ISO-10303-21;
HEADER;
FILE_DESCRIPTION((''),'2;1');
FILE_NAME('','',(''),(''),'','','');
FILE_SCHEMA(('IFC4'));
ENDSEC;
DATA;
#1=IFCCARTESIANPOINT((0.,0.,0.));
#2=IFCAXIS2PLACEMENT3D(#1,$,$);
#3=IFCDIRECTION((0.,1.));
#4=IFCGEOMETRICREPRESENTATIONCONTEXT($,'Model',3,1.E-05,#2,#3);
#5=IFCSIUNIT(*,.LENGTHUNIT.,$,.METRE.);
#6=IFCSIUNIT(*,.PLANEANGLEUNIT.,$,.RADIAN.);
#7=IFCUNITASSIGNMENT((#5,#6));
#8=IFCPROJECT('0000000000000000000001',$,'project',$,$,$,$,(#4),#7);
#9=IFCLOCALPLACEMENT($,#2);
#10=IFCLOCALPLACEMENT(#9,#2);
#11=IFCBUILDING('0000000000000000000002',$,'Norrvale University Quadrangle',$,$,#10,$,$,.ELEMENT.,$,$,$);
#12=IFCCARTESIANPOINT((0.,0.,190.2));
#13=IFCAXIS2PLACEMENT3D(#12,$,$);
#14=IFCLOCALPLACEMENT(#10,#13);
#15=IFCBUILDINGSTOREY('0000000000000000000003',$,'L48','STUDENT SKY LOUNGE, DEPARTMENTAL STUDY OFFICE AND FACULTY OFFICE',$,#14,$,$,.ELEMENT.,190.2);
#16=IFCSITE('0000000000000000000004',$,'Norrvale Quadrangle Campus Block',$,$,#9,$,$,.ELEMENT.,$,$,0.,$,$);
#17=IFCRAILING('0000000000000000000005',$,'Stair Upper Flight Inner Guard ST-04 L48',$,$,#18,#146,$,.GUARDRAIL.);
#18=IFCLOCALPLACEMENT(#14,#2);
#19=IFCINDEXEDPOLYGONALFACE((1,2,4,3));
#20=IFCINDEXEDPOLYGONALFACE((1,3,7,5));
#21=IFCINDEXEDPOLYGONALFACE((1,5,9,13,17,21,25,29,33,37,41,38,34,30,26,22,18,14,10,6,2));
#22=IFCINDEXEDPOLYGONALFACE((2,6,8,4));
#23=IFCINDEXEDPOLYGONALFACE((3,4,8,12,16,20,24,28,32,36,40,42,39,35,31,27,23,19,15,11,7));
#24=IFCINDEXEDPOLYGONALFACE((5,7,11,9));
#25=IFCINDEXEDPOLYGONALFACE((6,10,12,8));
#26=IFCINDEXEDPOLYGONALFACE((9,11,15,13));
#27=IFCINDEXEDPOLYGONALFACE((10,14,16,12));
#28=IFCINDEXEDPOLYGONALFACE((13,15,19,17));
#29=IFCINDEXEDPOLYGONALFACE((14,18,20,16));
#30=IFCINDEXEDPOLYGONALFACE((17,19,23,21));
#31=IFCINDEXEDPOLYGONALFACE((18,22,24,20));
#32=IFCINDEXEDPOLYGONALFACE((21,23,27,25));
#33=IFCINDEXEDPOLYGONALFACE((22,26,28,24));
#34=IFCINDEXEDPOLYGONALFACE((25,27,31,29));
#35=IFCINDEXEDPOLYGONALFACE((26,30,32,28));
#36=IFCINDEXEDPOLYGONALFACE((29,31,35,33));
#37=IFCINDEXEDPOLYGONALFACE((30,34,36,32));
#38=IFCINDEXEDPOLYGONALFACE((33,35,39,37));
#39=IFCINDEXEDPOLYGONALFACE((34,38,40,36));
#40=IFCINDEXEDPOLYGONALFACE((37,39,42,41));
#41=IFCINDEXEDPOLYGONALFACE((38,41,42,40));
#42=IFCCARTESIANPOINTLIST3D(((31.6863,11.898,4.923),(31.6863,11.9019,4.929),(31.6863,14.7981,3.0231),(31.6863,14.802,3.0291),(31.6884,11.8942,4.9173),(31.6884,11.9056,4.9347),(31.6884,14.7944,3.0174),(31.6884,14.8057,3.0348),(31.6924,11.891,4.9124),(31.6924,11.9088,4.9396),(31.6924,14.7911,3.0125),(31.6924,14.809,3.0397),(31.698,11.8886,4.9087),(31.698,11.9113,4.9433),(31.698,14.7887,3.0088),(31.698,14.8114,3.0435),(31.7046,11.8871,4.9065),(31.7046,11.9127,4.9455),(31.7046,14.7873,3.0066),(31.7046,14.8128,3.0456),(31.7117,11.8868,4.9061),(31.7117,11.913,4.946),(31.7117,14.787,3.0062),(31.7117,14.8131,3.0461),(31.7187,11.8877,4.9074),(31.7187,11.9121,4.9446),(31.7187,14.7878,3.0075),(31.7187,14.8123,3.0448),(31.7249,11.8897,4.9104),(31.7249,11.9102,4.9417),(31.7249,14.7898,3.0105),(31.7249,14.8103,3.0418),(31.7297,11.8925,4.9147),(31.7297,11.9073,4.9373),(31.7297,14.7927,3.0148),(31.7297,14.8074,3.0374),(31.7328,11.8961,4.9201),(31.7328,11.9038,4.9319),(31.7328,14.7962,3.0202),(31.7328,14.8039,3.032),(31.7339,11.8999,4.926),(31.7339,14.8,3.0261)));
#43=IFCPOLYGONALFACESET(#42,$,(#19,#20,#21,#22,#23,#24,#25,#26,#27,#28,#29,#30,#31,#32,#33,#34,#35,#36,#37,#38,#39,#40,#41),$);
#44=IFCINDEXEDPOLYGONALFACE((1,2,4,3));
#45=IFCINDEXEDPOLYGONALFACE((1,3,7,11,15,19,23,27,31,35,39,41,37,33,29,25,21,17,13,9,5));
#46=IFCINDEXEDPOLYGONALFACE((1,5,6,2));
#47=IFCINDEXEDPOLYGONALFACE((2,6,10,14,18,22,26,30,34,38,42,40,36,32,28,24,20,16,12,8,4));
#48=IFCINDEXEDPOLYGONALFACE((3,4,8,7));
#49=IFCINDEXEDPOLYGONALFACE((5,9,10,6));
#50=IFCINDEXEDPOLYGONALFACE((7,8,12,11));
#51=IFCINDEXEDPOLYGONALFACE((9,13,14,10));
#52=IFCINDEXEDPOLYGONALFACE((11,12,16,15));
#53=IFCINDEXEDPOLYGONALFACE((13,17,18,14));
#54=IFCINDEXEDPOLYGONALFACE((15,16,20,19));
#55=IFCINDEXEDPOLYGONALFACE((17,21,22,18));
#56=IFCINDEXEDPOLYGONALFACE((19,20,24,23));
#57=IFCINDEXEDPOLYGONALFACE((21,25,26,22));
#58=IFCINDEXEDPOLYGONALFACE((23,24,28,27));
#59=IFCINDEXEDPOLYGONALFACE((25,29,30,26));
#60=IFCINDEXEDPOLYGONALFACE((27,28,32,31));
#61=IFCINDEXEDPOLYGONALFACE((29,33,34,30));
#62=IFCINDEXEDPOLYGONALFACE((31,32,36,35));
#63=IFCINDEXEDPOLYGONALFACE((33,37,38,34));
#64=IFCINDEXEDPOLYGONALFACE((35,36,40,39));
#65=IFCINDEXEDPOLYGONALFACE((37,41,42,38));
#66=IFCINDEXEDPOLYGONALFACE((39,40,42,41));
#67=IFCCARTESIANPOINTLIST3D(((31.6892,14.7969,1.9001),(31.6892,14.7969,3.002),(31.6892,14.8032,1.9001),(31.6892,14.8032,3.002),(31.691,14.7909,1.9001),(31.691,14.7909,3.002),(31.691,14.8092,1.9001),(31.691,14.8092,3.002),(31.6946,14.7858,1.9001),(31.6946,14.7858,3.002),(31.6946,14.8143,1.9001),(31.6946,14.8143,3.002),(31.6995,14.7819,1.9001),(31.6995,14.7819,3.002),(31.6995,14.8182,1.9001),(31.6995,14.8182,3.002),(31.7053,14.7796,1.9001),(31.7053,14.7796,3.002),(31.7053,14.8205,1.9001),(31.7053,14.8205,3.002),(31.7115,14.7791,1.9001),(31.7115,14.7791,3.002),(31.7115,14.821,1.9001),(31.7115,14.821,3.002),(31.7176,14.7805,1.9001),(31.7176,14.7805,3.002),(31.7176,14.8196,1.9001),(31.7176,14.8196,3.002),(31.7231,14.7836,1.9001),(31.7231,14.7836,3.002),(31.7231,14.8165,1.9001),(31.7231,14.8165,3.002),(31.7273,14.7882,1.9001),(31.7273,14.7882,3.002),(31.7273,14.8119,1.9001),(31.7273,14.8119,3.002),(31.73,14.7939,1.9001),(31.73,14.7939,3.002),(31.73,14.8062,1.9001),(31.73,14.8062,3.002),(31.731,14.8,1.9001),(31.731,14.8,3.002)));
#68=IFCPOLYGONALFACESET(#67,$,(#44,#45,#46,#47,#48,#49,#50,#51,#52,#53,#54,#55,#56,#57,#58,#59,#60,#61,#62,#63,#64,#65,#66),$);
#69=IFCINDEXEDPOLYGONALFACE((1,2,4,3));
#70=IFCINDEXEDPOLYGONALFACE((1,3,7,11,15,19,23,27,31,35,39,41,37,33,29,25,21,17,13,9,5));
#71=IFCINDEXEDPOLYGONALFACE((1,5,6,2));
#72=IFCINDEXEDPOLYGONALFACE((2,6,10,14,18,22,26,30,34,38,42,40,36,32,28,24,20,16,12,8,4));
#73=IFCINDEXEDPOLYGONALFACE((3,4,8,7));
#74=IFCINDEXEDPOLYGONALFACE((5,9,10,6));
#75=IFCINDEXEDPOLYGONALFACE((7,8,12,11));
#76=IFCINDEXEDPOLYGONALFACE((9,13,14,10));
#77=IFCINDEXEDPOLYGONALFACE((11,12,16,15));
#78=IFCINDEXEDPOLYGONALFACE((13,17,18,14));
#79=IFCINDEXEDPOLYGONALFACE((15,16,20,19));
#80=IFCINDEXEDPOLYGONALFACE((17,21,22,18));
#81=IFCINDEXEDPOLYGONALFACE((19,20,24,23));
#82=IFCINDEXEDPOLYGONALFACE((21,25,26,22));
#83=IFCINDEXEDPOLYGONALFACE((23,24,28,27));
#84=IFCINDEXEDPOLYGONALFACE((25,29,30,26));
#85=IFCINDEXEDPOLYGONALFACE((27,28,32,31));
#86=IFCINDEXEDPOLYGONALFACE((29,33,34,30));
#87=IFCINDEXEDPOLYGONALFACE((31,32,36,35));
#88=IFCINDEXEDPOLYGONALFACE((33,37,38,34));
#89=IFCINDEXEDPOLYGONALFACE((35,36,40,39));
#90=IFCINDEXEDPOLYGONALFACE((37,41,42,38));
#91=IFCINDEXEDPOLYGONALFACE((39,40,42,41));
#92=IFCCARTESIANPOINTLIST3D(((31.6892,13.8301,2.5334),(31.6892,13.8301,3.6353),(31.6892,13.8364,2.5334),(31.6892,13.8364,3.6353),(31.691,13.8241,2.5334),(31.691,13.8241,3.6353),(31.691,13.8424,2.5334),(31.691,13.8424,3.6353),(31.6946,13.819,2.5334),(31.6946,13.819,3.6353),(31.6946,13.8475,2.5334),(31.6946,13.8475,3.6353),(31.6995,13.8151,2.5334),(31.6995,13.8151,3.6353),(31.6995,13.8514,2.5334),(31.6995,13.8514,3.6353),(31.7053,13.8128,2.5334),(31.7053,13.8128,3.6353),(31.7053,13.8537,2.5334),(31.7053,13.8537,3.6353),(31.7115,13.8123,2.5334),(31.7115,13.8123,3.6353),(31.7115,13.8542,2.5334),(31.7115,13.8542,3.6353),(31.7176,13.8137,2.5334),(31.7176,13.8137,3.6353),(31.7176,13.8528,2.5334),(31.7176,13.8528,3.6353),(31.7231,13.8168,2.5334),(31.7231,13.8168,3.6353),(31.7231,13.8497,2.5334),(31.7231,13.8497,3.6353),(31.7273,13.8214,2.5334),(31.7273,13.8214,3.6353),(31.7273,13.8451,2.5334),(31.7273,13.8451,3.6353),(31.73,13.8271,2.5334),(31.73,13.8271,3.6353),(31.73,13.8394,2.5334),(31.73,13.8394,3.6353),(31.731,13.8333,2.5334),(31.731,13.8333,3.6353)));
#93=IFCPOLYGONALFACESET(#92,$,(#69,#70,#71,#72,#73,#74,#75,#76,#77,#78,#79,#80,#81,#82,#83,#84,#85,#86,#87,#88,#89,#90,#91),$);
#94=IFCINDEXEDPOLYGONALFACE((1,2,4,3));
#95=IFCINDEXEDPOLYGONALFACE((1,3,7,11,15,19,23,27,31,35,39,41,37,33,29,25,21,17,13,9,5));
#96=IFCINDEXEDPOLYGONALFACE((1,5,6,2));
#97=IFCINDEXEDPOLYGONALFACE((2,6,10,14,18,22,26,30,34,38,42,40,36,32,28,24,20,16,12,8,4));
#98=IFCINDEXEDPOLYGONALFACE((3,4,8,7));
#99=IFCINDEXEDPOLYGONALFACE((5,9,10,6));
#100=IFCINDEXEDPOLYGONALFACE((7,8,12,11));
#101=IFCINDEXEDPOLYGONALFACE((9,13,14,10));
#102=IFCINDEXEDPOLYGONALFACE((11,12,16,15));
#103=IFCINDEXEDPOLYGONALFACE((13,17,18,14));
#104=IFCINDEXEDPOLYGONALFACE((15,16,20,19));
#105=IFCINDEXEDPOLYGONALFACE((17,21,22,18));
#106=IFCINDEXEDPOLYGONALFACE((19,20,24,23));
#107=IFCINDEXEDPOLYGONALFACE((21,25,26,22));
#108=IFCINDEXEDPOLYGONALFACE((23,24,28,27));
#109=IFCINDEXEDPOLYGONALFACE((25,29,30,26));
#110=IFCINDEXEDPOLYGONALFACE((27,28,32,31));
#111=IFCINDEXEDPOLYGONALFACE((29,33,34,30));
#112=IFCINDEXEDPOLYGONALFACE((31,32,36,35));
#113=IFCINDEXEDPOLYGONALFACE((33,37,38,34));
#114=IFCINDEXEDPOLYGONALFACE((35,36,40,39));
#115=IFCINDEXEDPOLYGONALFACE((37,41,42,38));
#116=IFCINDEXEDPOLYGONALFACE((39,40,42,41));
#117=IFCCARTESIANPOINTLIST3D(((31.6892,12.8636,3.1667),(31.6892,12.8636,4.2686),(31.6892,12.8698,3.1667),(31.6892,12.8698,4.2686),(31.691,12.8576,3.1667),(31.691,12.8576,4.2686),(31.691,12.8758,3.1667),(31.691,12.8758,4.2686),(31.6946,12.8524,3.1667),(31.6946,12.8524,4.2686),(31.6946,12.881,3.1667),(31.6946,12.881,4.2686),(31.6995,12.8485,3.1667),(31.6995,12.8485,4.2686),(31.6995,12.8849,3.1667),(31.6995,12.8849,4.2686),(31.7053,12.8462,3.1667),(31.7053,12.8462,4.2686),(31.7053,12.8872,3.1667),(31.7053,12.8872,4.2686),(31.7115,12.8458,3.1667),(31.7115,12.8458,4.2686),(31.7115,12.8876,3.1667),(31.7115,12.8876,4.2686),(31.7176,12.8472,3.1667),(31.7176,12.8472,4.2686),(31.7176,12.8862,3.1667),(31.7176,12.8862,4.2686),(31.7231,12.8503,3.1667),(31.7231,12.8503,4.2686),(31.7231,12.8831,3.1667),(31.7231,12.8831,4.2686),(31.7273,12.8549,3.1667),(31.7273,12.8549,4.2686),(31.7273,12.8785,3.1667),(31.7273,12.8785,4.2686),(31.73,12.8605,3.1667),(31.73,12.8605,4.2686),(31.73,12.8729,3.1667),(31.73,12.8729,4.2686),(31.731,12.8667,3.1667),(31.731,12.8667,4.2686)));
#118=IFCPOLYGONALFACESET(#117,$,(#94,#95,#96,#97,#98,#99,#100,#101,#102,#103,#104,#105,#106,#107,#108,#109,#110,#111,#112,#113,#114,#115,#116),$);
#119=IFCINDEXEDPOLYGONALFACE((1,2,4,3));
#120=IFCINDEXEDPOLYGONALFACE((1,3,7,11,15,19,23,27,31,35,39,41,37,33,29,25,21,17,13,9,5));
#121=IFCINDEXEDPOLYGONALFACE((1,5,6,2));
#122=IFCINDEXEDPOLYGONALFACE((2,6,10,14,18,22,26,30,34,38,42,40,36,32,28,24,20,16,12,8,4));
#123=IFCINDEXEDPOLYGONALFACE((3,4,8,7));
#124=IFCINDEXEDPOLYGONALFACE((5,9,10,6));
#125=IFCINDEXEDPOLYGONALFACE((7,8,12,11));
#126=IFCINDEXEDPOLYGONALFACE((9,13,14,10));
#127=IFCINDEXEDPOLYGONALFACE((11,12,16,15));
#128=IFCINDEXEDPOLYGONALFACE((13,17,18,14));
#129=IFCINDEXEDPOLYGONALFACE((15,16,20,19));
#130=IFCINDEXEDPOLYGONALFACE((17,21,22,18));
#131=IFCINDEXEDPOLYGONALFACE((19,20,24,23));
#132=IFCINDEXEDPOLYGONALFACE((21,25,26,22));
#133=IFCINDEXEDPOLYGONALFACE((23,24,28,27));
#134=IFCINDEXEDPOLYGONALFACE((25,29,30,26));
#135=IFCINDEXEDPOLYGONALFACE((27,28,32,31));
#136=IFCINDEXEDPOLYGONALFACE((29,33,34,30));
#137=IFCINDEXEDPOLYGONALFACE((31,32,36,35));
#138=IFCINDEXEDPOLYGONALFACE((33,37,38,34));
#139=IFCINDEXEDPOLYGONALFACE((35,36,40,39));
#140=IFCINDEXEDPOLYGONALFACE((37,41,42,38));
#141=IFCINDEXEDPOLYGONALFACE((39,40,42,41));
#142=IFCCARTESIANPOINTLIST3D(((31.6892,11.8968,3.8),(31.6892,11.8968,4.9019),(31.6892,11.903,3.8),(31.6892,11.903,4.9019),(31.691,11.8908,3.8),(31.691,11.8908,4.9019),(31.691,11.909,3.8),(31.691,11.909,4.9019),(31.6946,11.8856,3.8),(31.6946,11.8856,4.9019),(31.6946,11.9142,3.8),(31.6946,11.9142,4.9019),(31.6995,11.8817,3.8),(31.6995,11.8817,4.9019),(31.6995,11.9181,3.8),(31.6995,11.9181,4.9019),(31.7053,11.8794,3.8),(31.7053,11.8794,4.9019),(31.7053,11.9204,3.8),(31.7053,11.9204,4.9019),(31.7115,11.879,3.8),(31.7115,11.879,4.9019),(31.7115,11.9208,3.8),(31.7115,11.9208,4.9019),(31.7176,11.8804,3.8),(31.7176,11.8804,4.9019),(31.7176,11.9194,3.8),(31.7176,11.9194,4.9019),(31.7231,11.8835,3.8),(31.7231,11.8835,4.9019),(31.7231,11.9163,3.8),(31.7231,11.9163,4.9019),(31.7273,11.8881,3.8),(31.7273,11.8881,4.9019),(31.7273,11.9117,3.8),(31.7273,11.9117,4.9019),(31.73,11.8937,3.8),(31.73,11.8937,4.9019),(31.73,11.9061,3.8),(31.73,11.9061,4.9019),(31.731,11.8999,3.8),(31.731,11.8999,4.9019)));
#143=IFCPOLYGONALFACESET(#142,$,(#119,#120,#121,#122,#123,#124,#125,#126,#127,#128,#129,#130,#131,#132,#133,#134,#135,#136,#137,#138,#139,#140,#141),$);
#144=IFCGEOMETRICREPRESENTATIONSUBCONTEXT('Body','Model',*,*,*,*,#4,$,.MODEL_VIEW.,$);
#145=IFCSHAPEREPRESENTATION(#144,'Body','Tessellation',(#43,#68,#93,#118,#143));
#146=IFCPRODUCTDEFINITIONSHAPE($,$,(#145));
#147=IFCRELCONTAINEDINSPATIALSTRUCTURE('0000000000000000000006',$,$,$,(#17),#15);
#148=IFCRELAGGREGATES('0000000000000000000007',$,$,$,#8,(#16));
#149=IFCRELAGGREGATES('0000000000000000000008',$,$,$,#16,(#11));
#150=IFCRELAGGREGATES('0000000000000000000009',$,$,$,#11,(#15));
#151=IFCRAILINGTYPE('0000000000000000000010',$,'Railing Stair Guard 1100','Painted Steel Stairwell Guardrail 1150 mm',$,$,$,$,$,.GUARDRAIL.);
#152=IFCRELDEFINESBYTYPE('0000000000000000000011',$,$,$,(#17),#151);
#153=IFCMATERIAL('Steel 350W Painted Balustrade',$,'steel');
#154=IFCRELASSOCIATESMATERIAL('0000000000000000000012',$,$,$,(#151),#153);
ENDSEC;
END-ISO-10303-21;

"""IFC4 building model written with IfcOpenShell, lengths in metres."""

from ifc_helpers import new_model, si_unit, direction, frame, origin, origin_2d, place, context, subcontext, project, spatial, circle, extrude, material, type_object, element, save


model = new_model("IFC4")

# Units and contexts
model_context = context("Model", 3, precision=1e-05, world=origin(), true_north=direction((0.0, 1.0)))
body_context = subcontext(model_context, "Body", "Model", "MODEL_VIEW")
ifc_project = project(units=[si_unit("LENGTHUNIT", "METRE"), si_unit("PLANEANGLEUNIT", "RADIAN")], contexts=[model_context])

# Site, building, storey
site_placement = place(None, origin())
site = spatial("IfcSite", under=ifc_project, at=site_placement, Name="Norrvale Quadrangle Campus Block", CompositionType="ELEMENT", RefElevation=0.0)
building_placement = place(site_placement, origin())
building = spatial("IfcBuilding", under=site, at=building_placement, Name="Norrvale University Quadrangle", CompositionType="ELEMENT")
storey_placement = place(building_placement, frame((0.0, 0.0, 190.2)))
storey = spatial("IfcBuildingStorey", under=building, at=storey_placement, Name="L48", Description="STUDENT SKY LOUNGE, DEPARTMENTAL STUDY OFFICE AND FACULTY OFFICE", CompositionType="ELEMENT", Elevation=190.2)

# Railing
ifc_material_1 = material(Name="Steel 350W Painted Balustrade", Category="steel")
railing_type_1 = type_object("IfcRailingType", Name="Railing Stair Guard 1100", Description="Painted Steel Stairwell Guardrail 1150 mm", PredefinedType="GUARDRAIL", material=ifc_material_1)
railing_1_placement = place(storey_placement, frame((31.71, 14.8, 1.9001)))
element("IfcRailing", 1, at=railing_1_placement, inside=storey, type_object=railing_type_1, Name="Stair Upper Flight Inner Guard ST-04 L48", PredefinedType="GUARDRAIL", context=body_context, shape_type="SweptSolid", body=[
    extrude(circle(Radius=0.0239, at=origin_2d()), frame((0.0, 0.0, 1.126), z_axis=(0.0, -0.836487, 0.547987), x_axis=(1.0, 0.0, 0.0)), (0.0, 0.0, 1.0), 3.467),
    extrude(circle(Radius=0.021, at=origin_2d()), origin(), (0.0, 0.0, 1.0), 1.1018),
    extrude(circle(Radius=0.021, at=origin_2d()), frame((0.0, -0.9668, 0.6333)), (0.0, 0.0, 1.0), 1.1018),
    extrude(circle(Radius=0.021, at=origin_2d()), frame((0.0, -1.9333, 1.2666)), (0.0, 0.0, 1.0), 1.1018),
    extrude(circle(Radius=0.021, at=origin_2d()), frame((0.0, -2.9001, 1.8999)), (0.0, 0.0, 1.0), 1.1018),
])

save(model, "model.ifc")
